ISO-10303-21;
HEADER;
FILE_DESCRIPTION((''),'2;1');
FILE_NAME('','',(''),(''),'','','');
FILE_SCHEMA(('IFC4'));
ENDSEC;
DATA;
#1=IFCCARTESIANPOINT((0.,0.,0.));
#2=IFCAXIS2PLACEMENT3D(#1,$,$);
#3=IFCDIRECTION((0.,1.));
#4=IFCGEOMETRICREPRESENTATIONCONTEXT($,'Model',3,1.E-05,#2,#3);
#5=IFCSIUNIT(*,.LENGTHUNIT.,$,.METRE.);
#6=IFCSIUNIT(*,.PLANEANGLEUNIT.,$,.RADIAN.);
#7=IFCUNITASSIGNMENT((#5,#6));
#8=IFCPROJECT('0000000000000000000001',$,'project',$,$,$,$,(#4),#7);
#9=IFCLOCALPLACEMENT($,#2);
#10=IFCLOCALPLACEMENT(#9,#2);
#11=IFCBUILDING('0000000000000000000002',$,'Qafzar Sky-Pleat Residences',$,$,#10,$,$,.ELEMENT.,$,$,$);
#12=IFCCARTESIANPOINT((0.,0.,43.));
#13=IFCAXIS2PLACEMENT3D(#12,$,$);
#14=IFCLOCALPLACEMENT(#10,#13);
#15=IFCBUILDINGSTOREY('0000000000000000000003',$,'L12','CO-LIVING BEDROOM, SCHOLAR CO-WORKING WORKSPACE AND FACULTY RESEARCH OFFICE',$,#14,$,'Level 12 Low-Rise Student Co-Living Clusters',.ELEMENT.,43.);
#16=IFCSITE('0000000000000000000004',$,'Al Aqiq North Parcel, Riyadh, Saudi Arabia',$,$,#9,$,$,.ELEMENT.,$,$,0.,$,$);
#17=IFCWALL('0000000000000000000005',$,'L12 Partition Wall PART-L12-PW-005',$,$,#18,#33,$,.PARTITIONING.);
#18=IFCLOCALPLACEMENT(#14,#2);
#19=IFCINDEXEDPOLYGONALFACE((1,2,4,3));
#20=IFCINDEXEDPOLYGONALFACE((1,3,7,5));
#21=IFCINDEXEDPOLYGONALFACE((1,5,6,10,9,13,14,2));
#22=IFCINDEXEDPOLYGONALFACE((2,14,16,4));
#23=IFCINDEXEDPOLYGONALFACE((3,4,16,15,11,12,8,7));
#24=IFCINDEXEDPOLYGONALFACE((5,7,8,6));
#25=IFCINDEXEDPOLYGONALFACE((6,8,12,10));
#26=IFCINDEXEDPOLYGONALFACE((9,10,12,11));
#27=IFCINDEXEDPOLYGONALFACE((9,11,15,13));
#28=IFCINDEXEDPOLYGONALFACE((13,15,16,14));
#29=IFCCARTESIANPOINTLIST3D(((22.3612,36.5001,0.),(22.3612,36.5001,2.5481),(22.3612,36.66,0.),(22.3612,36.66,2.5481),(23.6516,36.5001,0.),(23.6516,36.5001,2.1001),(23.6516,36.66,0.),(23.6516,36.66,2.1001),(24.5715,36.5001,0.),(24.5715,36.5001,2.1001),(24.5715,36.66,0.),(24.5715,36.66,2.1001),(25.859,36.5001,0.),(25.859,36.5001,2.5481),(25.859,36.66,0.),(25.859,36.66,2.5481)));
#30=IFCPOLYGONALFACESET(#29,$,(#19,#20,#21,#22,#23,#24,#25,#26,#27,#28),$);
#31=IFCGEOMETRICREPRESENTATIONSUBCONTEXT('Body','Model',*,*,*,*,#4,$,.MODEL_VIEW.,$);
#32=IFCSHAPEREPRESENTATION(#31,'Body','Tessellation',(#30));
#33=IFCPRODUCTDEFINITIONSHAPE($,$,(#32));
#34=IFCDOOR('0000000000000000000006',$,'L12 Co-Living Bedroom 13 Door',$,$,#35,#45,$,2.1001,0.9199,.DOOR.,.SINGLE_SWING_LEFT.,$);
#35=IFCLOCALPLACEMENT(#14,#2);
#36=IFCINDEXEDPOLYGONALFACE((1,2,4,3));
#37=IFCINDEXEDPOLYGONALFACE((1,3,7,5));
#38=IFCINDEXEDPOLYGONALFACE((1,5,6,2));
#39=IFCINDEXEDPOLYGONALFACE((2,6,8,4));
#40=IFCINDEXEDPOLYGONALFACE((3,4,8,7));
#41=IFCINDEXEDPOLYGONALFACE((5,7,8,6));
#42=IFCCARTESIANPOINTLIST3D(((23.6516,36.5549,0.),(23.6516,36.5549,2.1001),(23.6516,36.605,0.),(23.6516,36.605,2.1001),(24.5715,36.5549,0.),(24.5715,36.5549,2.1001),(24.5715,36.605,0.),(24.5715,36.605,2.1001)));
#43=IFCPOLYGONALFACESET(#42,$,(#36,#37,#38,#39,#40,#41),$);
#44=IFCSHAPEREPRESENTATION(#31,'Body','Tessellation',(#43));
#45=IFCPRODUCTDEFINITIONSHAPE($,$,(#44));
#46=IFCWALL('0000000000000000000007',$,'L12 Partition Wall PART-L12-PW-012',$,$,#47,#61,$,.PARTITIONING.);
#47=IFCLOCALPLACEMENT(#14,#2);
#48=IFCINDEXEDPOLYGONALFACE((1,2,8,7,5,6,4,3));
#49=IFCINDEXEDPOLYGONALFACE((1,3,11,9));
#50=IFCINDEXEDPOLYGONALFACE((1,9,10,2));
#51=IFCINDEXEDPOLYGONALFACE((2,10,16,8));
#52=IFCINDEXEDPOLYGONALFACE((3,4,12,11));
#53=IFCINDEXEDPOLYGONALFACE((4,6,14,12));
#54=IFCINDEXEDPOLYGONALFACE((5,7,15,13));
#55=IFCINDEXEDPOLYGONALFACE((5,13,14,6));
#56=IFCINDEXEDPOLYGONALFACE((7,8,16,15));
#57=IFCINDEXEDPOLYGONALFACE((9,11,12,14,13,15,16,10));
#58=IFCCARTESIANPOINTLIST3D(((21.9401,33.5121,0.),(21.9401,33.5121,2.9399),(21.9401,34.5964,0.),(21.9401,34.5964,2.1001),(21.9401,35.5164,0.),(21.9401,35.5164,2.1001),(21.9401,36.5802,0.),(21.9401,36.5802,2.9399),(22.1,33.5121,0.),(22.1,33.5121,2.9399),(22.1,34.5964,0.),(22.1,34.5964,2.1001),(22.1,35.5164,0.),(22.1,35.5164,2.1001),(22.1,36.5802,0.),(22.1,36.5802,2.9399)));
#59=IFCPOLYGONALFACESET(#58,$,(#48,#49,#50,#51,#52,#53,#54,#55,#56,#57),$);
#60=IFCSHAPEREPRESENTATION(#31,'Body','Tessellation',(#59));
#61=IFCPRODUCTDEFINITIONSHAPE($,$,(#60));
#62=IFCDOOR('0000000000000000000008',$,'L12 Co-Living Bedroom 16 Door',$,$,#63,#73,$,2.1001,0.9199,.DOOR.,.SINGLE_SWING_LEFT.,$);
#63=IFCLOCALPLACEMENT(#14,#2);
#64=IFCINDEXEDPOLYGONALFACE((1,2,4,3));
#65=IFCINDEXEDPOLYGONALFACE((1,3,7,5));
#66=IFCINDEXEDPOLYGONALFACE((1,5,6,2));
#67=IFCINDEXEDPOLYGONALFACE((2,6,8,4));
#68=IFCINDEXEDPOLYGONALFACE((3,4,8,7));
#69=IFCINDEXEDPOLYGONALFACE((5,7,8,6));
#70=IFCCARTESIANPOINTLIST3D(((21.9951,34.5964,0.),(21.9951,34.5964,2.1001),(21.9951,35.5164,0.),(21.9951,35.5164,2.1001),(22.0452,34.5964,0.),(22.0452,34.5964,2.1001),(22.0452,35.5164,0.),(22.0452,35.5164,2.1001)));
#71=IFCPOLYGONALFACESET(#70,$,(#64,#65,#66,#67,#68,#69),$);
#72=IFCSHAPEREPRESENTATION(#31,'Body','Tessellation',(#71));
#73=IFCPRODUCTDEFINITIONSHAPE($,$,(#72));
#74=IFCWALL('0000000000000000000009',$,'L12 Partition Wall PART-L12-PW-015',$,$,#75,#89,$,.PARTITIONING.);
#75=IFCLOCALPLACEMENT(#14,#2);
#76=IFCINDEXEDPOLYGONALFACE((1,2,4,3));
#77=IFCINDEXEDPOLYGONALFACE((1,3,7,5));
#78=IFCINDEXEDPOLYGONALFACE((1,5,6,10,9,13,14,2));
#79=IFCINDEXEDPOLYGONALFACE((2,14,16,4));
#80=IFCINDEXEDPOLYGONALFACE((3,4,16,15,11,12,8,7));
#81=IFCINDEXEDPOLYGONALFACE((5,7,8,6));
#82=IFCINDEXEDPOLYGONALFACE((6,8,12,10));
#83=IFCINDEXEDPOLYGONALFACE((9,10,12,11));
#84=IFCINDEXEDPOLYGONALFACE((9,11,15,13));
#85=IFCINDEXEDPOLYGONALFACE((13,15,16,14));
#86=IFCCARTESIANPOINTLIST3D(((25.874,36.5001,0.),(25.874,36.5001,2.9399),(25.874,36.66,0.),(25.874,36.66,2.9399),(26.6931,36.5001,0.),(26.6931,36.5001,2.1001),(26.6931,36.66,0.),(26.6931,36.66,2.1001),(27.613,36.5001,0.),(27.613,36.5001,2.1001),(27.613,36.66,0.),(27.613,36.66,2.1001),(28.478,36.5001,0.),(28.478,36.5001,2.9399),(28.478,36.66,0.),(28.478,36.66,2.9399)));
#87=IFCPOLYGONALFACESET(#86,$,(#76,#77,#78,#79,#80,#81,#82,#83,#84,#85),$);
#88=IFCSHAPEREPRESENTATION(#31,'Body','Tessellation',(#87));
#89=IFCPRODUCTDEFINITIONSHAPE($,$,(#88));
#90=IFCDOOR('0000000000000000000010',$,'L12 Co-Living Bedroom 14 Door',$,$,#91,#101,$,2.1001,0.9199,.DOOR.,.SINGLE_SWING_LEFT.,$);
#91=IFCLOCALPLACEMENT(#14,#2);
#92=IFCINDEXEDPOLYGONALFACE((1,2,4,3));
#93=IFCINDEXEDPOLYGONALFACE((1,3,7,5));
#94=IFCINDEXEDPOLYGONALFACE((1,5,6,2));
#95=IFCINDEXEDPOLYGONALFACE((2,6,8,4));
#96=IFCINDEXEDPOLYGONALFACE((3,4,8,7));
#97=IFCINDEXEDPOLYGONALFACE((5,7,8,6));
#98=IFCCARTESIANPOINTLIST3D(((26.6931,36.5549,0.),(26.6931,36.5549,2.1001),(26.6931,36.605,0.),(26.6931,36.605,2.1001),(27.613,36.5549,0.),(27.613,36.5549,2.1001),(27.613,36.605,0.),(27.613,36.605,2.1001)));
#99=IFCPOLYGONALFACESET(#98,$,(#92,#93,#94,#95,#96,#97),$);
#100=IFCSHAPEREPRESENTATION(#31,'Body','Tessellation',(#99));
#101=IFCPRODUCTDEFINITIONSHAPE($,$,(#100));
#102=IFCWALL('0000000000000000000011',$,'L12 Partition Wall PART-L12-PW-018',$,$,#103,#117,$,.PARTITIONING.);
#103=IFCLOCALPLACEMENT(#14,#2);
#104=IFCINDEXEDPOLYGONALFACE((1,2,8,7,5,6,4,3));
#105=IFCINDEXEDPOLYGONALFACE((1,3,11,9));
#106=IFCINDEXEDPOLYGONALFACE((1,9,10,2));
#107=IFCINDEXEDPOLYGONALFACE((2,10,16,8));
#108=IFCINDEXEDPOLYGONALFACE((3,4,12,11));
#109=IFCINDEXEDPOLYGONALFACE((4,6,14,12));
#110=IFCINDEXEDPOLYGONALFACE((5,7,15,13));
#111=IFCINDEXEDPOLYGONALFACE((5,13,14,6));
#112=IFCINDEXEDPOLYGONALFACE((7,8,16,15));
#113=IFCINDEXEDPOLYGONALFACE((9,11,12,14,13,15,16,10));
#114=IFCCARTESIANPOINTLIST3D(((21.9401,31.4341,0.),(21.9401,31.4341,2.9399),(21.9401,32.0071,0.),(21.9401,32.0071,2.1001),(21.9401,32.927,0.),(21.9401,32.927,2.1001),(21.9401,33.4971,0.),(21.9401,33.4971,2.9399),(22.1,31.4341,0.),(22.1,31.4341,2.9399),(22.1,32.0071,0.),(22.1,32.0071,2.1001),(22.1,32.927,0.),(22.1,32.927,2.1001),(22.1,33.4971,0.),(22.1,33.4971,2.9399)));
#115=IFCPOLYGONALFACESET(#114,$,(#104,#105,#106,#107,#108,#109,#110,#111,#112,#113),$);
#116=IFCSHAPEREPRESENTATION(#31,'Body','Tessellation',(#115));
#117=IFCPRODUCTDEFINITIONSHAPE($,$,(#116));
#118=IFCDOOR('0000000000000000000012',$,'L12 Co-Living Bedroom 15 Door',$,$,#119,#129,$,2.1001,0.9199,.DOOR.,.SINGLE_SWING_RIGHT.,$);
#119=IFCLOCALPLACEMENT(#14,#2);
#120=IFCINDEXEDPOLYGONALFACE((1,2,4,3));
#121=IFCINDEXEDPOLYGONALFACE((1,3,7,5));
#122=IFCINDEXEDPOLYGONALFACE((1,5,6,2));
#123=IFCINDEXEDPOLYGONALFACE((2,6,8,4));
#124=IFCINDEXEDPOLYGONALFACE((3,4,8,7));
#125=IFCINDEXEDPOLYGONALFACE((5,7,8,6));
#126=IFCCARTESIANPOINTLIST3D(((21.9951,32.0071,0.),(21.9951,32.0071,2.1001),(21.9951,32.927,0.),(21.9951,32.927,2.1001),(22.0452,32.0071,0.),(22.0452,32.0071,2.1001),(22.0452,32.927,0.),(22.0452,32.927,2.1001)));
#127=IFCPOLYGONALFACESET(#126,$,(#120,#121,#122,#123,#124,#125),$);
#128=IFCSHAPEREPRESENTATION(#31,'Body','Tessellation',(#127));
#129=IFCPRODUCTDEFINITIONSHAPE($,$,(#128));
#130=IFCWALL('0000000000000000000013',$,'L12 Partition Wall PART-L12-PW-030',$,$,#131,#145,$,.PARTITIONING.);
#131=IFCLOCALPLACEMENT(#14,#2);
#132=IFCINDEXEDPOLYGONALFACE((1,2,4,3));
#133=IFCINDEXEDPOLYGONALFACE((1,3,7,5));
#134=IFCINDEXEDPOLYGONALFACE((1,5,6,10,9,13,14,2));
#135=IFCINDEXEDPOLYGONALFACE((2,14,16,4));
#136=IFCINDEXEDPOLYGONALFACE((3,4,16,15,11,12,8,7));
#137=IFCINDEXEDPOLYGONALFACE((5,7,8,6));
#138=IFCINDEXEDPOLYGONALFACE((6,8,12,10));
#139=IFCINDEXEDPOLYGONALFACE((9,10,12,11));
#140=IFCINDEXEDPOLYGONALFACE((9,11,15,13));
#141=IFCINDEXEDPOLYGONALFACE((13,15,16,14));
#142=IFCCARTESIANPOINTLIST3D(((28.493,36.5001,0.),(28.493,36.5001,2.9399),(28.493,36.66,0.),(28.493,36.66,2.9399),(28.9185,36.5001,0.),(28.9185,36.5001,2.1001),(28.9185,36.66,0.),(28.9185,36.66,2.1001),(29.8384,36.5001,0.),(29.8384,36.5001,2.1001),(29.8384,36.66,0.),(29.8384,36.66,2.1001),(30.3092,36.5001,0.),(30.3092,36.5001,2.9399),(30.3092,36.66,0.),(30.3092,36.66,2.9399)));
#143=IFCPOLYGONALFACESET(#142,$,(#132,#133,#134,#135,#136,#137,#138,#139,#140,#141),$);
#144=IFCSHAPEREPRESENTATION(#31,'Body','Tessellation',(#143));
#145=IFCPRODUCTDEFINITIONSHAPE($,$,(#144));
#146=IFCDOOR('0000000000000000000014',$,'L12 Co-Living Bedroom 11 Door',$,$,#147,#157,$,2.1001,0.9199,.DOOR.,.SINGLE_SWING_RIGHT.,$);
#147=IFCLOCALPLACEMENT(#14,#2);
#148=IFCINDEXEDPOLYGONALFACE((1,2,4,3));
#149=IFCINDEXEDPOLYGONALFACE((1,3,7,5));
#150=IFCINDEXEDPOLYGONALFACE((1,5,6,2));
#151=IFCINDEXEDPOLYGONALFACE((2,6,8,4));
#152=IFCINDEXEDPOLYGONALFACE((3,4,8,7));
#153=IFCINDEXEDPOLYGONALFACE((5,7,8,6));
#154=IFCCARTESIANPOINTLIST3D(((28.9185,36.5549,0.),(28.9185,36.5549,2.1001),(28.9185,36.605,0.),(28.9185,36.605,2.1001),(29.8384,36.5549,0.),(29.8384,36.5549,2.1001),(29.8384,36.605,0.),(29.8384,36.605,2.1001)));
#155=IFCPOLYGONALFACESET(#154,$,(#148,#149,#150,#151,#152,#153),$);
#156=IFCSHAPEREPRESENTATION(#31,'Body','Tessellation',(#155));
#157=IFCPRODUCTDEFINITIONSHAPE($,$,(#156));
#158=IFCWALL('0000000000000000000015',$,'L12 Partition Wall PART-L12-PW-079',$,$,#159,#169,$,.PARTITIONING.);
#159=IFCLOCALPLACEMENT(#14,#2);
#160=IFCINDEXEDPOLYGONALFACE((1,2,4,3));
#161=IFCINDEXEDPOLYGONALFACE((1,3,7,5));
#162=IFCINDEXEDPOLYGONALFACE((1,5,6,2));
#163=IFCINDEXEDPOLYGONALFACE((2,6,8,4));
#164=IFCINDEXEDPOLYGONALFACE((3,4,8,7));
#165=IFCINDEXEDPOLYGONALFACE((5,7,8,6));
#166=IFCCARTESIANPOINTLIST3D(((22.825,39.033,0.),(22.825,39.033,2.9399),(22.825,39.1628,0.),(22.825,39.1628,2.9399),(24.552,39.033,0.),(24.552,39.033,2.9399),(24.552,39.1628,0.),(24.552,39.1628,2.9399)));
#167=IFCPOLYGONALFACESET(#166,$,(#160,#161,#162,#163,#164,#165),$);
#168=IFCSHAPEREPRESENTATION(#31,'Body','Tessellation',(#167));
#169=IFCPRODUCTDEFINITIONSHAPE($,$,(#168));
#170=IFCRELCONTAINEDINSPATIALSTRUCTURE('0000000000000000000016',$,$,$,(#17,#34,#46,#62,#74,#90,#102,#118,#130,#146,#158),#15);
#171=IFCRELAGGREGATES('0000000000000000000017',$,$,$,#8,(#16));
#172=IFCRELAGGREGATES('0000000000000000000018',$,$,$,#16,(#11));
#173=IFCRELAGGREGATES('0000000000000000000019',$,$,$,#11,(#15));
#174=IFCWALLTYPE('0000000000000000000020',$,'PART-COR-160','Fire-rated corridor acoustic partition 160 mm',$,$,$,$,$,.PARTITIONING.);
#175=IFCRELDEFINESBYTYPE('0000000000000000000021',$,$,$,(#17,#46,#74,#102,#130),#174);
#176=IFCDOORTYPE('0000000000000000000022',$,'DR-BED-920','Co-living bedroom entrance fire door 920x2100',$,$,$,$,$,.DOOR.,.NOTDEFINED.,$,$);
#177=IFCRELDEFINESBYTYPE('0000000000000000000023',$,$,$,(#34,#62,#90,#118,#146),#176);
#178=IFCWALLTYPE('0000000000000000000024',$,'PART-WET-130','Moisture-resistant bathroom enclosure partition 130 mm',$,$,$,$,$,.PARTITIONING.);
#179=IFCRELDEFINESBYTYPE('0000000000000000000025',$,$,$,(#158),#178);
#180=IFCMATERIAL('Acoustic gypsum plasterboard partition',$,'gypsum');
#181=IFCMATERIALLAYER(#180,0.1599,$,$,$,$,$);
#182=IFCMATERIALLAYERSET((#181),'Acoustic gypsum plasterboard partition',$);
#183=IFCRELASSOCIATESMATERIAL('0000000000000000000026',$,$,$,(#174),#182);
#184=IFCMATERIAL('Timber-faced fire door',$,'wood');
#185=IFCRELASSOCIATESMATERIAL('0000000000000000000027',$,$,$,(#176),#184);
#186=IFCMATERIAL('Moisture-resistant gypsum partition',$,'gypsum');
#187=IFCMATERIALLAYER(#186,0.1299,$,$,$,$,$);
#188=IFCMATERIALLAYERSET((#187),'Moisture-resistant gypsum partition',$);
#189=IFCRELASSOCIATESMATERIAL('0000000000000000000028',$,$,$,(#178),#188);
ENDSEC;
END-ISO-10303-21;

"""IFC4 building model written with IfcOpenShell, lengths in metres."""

from ifc_helpers import new_model, si_unit, direction, frame, frame_2d, origin, place, context, subcontext, project, spatial, rectangle, extrude, source, transform, mapped, material, layer, layer_set, type_object, element, fill, save


model = new_model("IFC4")

# Units and contexts
model_context = context("Model", 3, precision=1e-05, world=origin(), true_north=direction((0.0, 1.0)))
body_context = subcontext(model_context, "Body", "Model", "MODEL_VIEW")
ifc_project = project(units=[si_unit("LENGTHUNIT", "METRE"), si_unit("PLANEANGLEUNIT", "RADIAN")], contexts=[model_context])

# Site, building, storey
site_placement = place(None, origin())
site = spatial("IfcSite", under=ifc_project, at=site_placement, Name="Al Aqiq North Parcel, Riyadh, Saudi Arabia", CompositionType="ELEMENT", RefElevation=0.0)
building_placement = place(site_placement, origin())
building = spatial("IfcBuilding", under=site, at=building_placement, Name="Qafzar Sky-Pleat Residences", CompositionType="ELEMENT")
storey_placement = place(building_placement, frame((0.0, 0.0, 43.0)))
storey = spatial("IfcBuildingStorey", under=building, at=storey_placement, Name="L12", Description="CO-LIVING BEDROOM, SCHOLAR CO-WORKING WORKSPACE AND FACULTY RESEARCH OFFICE", LongName="Level 12 Low-Rise Student Co-Living Clusters", CompositionType="ELEMENT", Elevation=43.0)

# Walls, openings, doors
ifc_material_1 = material(Name="Acoustic gypsum plasterboard partition", Category="gypsum")
ifc_layer_1 = layer(ifc_material_1, 0.1599)
ifc_layer_set_1 = layer_set([ifc_layer_1], Name="Acoustic gypsum plasterboard partition")
wall_type_1 = type_object("IfcWallType", Name="PART-COR-160", Description="Fire-rated corridor acoustic partition 160 mm", PredefinedType="PARTITIONING", material=ifc_layer_set_1)
wall_1_placement = place(storey_placement, frame((22.3611, 36.5801, 0.0), z_axis=(0.0, 0.0, 1.0), x_axis=(1.0, 0.0, 0.0)))
wall_1 = element("IfcWall", 1, at=wall_1_placement, inside=storey, type_object=wall_type_1, Name="L12 Partition Wall PART-L12-PW-005", PredefinedType="PARTITIONING", context=body_context, shape_type="SweptSolid", body=[
    extrude(rectangle(XDim=3.4978, YDim=0.1599, at=frame_2d((1.749, 0.0))), origin(), (0.0, 0.0, 1.0), 2.5481),
])
opening_1_placement = place(wall_1_placement, frame((1.2905, 0.0, 0.0)))
opening_1 = element("IfcOpeningElement", 2, at=opening_1_placement, cuts=wall_1, PredefinedType="OPENING", context=body_context, shape_type="SweptSolid", body=[
    extrude(rectangle(XDim=0.9199, YDim=2.1001, at=frame_2d((0.46, 1.05))), frame((0.0, 0.0898, 0.0), z_axis=(0.0, -1.0, 0.0), x_axis=(1.0, 0.0, 0.0)), (0.0, 0.0, 1.0), 0.1799),
])
ifc_material_2 = material(Name="Timber-faced fire door", Category="wood")
door_type_1 = type_object("IfcDoorType", Name="DR-BED-920", Description="Co-living bedroom entrance fire door 920x2100", OperationType="NOTDEFINED", PredefinedType="DOOR", material=ifc_material_2)
shared_shape_1 = source(origin(), body_context, "Body", "SweptSolid", [
    extrude(rectangle(XDim=0.9199, YDim=2.1001, at=frame_2d((0.46, 1.05))), frame((0.0, 0.0249, 0.0), z_axis=(0.0, -1.0, 0.0), x_axis=(1.0, 0.0, 0.0)), (0.0, 0.0, 1.0), 0.05),
])
door_1_placement = place(opening_1_placement, origin())
door_1 = element("IfcDoor", 3, at=door_1_placement, inside=storey, type_object=door_type_1, Name="L12 Co-Living Bedroom 13 Door", OperationType="SINGLE_SWING_LEFT", OverallHeight=2.1001, OverallWidth=0.9199, PredefinedType="DOOR", context=body_context, shape_type="MappedRepresentation", body=[
    mapped(shared_shape_1, transform((0.0, 0.0, 0.0), x_axis=(1.0, 0.0, 0.0), y_axis=(0.0, 1.0, 0.0), z_axis=(0.0, 0.0, 1.0), scale=1.0)),
])
fill(opening_1, door_1)
wall_2_placement = place(storey_placement, frame((22.02, 33.512, 0.0), z_axis=(0.0, 0.0, 1.0), x_axis=(0.0, 1.0, 0.0)))
wall_2 = element("IfcWall", 4, at=wall_2_placement, inside=storey, type_object=wall_type_1, Name="L12 Partition Wall PART-L12-PW-012", PredefinedType="PARTITIONING", context=body_context, shape_type="SweptSolid", body=[
    extrude(rectangle(XDim=3.0681, YDim=0.1599, at=frame_2d((1.5342, 0.0))), origin(), (0.0, 0.0, 1.0), 2.9399),
])
opening_2_placement = place(wall_2_placement, frame((1.0845, 0.0, 0.0)))
opening_2 = element("IfcOpeningElement", 5, at=opening_2_placement, cuts=wall_2, PredefinedType="OPENING", context=body_context, shape_type="SweptSolid", body=[
    extrude(rectangle(XDim=0.9199, YDim=2.1001, at=frame_2d((0.46, 1.05))), frame((0.0, 0.0898, 0.0), z_axis=(0.0, -1.0, 0.0), x_axis=(1.0, 0.0, 0.0)), (0.0, 0.0, 1.0), 0.1799),
])
door_2_placement = place(opening_2_placement, origin())
door_2 = element("IfcDoor", 6, at=door_2_placement, inside=storey, type_object=door_type_1, Name="L12 Co-Living Bedroom 16 Door", OperationType="SINGLE_SWING_LEFT", OverallHeight=2.1001, OverallWidth=0.9199, PredefinedType="DOOR", context=body_context, shape_type="MappedRepresentation", body=[
    mapped(shared_shape_1, transform((0.0, 0.0, 0.0), x_axis=(1.0, 0.0, 0.0), y_axis=(0.0, 1.0, 0.0), z_axis=(0.0, 0.0, 1.0), scale=1.0)),
])
fill(opening_2, door_2)
wall_3_placement = place(storey_placement, frame((25.874, 36.5801, 0.0), z_axis=(0.0, 0.0, 1.0), x_axis=(1.0, 0.0, 0.0)))
wall_3 = element("IfcWall", 7, at=wall_3_placement, inside=storey, type_object=wall_type_1, Name="L12 Partition Wall PART-L12-PW-015", PredefinedType="PARTITIONING", context=body_context, shape_type="SweptSolid", body=[
    extrude(rectangle(XDim=2.604, YDim=0.1599, at=frame_2d((1.302, 0.0))), origin(), (0.0, 0.0, 1.0), 2.9399),
])
opening_3_placement = place(wall_3_placement, frame((0.8191, 0.0, 0.0)))
opening_3 = element("IfcOpeningElement", 8, at=opening_3_placement, cuts=wall_3, PredefinedType="OPENING", context=body_context, shape_type="SweptSolid", body=[
    extrude(rectangle(XDim=0.9199, YDim=2.1001, at=frame_2d((0.46, 1.05))), frame((0.0, 0.0898, 0.0), z_axis=(0.0, -1.0, 0.0), x_axis=(1.0, 0.0, 0.0)), (0.0, 0.0, 1.0), 0.1799),
])
door_3_placement = place(opening_3_placement, origin())
door_3 = element("IfcDoor", 9, at=door_3_placement, inside=storey, type_object=door_type_1, Name="L12 Co-Living Bedroom 14 Door", OperationType="SINGLE_SWING_LEFT", OverallHeight=2.1001, OverallWidth=0.9199, PredefinedType="DOOR", context=body_context, shape_type="MappedRepresentation", body=[
    mapped(shared_shape_1, transform((0.0, 0.0, 0.0), x_axis=(1.0, 0.0, 0.0), y_axis=(0.0, 1.0, 0.0), z_axis=(0.0, 0.0, 1.0), scale=1.0)),
])
fill(opening_3, door_3)
wall_4_placement = place(storey_placement, frame((22.02, 31.4341, 0.0), z_axis=(0.0, 0.0, 1.0), x_axis=(0.0, 1.0, 0.0)))
wall_4 = element("IfcWall", 10, at=wall_4_placement, inside=storey, type_object=wall_type_1, Name="L12 Partition Wall PART-L12-PW-018", PredefinedType="PARTITIONING", context=body_context, shape_type="SweptSolid", body=[
    extrude(rectangle(XDim=2.063, YDim=0.1599, at=frame_2d((1.0315, 0.0))), origin(), (0.0, 0.0, 1.0), 2.9399),
])
opening_4_placement = place(wall_4_placement, frame((0.573, 0.0, 0.0)))
opening_4 = element("IfcOpeningElement", 11, at=opening_4_placement, cuts=wall_4, PredefinedType="OPENING", context=body_context, shape_type="SweptSolid", body=[
    extrude(rectangle(XDim=0.9199, YDim=2.1001, at=frame_2d((0.46, 1.05))), frame((0.0, 0.0898, 0.0), z_axis=(0.0, -1.0, 0.0), x_axis=(1.0, 0.0, 0.0)), (0.0, 0.0, 1.0), 0.1799),
])
door_4_placement = place(opening_4_placement, origin())
door_4 = element("IfcDoor", 12, at=door_4_placement, inside=storey, type_object=door_type_1, Name="L12 Co-Living Bedroom 15 Door", OperationType="SINGLE_SWING_RIGHT", OverallHeight=2.1001, OverallWidth=0.9199, PredefinedType="DOOR", context=body_context, shape_type="MappedRepresentation", body=[
    mapped(shared_shape_1, transform((0.0, 0.0, 0.0), x_axis=(1.0, 0.0, 0.0), y_axis=(0.0, 1.0, 0.0), z_axis=(0.0, 0.0, 1.0), scale=1.0)),
])
fill(opening_4, door_4)
wall_5_placement = place(storey_placement, frame((28.4929, 36.5801, 0.0), z_axis=(0.0, 0.0, 1.0), x_axis=(1.0, 0.0, 0.0)))
wall_5 = element("IfcWall", 13, at=wall_5_placement, inside=storey, type_object=wall_type_1, Name="L12 Partition Wall PART-L12-PW-030", PredefinedType="PARTITIONING", context=body_context, shape_type="SweptSolid", body=[
    extrude(rectangle(XDim=1.8162, YDim=0.1599, at=frame_2d((0.9082, 0.0))), origin(), (0.0, 0.0, 1.0), 2.9399),
])
opening_5_placement = place(wall_5_placement, frame((0.4255, 0.0, 0.0)))
opening_5 = element("IfcOpeningElement", 14, at=opening_5_placement, cuts=wall_5, PredefinedType="OPENING", context=body_context, shape_type="SweptSolid", body=[
    extrude(rectangle(XDim=0.9199, YDim=2.1001, at=frame_2d((0.46, 1.05))), frame((0.0, 0.0898, 0.0), z_axis=(0.0, -1.0, 0.0), x_axis=(1.0, 0.0, 0.0)), (0.0, 0.0, 1.0), 0.1799),
])
door_5_placement = place(opening_5_placement, origin())
door_5 = element("IfcDoor", 15, at=door_5_placement, inside=storey, type_object=door_type_1, Name="L12 Co-Living Bedroom 11 Door", OperationType="SINGLE_SWING_RIGHT", OverallHeight=2.1001, OverallWidth=0.9199, PredefinedType="DOOR", context=body_context, shape_type="MappedRepresentation", body=[
    mapped(shared_shape_1, transform((0.0, 0.0, 0.0), x_axis=(1.0, 0.0, 0.0), y_axis=(0.0, 1.0, 0.0), z_axis=(0.0, 0.0, 1.0), scale=1.0)),
])
fill(opening_5, door_5)

# Wall
ifc_material_3 = material(Name="Moisture-resistant gypsum partition", Category="gypsum")
ifc_layer_2 = layer(ifc_material_3, 0.1299)
ifc_layer_set_2 = layer_set([ifc_layer_2], Name="Moisture-resistant gypsum partition")
wall_type_2 = type_object("IfcWallType", Name="PART-WET-130", Description="Moisture-resistant bathroom enclosure partition 130 mm", PredefinedType="PARTITIONING", material=ifc_layer_set_2)
wall_6_placement = place(storey_placement, frame((22.825, 39.0979, 0.0), z_axis=(0.0, 0.0, 1.0), x_axis=(1.0, 0.0, 0.0)))
element("IfcWall", 16, at=wall_6_placement, inside=storey, type_object=wall_type_2, Name="L12 Partition Wall PART-L12-PW-079", PredefinedType="PARTITIONING", context=body_context, shape_type="SweptSolid", body=[
    extrude(rectangle(XDim=1.7271, YDim=0.1299, at=frame_2d((0.8635, 0.0))), origin(), (0.0, 0.0, 1.0), 2.9399),
])

save(model, "model.ifc")
